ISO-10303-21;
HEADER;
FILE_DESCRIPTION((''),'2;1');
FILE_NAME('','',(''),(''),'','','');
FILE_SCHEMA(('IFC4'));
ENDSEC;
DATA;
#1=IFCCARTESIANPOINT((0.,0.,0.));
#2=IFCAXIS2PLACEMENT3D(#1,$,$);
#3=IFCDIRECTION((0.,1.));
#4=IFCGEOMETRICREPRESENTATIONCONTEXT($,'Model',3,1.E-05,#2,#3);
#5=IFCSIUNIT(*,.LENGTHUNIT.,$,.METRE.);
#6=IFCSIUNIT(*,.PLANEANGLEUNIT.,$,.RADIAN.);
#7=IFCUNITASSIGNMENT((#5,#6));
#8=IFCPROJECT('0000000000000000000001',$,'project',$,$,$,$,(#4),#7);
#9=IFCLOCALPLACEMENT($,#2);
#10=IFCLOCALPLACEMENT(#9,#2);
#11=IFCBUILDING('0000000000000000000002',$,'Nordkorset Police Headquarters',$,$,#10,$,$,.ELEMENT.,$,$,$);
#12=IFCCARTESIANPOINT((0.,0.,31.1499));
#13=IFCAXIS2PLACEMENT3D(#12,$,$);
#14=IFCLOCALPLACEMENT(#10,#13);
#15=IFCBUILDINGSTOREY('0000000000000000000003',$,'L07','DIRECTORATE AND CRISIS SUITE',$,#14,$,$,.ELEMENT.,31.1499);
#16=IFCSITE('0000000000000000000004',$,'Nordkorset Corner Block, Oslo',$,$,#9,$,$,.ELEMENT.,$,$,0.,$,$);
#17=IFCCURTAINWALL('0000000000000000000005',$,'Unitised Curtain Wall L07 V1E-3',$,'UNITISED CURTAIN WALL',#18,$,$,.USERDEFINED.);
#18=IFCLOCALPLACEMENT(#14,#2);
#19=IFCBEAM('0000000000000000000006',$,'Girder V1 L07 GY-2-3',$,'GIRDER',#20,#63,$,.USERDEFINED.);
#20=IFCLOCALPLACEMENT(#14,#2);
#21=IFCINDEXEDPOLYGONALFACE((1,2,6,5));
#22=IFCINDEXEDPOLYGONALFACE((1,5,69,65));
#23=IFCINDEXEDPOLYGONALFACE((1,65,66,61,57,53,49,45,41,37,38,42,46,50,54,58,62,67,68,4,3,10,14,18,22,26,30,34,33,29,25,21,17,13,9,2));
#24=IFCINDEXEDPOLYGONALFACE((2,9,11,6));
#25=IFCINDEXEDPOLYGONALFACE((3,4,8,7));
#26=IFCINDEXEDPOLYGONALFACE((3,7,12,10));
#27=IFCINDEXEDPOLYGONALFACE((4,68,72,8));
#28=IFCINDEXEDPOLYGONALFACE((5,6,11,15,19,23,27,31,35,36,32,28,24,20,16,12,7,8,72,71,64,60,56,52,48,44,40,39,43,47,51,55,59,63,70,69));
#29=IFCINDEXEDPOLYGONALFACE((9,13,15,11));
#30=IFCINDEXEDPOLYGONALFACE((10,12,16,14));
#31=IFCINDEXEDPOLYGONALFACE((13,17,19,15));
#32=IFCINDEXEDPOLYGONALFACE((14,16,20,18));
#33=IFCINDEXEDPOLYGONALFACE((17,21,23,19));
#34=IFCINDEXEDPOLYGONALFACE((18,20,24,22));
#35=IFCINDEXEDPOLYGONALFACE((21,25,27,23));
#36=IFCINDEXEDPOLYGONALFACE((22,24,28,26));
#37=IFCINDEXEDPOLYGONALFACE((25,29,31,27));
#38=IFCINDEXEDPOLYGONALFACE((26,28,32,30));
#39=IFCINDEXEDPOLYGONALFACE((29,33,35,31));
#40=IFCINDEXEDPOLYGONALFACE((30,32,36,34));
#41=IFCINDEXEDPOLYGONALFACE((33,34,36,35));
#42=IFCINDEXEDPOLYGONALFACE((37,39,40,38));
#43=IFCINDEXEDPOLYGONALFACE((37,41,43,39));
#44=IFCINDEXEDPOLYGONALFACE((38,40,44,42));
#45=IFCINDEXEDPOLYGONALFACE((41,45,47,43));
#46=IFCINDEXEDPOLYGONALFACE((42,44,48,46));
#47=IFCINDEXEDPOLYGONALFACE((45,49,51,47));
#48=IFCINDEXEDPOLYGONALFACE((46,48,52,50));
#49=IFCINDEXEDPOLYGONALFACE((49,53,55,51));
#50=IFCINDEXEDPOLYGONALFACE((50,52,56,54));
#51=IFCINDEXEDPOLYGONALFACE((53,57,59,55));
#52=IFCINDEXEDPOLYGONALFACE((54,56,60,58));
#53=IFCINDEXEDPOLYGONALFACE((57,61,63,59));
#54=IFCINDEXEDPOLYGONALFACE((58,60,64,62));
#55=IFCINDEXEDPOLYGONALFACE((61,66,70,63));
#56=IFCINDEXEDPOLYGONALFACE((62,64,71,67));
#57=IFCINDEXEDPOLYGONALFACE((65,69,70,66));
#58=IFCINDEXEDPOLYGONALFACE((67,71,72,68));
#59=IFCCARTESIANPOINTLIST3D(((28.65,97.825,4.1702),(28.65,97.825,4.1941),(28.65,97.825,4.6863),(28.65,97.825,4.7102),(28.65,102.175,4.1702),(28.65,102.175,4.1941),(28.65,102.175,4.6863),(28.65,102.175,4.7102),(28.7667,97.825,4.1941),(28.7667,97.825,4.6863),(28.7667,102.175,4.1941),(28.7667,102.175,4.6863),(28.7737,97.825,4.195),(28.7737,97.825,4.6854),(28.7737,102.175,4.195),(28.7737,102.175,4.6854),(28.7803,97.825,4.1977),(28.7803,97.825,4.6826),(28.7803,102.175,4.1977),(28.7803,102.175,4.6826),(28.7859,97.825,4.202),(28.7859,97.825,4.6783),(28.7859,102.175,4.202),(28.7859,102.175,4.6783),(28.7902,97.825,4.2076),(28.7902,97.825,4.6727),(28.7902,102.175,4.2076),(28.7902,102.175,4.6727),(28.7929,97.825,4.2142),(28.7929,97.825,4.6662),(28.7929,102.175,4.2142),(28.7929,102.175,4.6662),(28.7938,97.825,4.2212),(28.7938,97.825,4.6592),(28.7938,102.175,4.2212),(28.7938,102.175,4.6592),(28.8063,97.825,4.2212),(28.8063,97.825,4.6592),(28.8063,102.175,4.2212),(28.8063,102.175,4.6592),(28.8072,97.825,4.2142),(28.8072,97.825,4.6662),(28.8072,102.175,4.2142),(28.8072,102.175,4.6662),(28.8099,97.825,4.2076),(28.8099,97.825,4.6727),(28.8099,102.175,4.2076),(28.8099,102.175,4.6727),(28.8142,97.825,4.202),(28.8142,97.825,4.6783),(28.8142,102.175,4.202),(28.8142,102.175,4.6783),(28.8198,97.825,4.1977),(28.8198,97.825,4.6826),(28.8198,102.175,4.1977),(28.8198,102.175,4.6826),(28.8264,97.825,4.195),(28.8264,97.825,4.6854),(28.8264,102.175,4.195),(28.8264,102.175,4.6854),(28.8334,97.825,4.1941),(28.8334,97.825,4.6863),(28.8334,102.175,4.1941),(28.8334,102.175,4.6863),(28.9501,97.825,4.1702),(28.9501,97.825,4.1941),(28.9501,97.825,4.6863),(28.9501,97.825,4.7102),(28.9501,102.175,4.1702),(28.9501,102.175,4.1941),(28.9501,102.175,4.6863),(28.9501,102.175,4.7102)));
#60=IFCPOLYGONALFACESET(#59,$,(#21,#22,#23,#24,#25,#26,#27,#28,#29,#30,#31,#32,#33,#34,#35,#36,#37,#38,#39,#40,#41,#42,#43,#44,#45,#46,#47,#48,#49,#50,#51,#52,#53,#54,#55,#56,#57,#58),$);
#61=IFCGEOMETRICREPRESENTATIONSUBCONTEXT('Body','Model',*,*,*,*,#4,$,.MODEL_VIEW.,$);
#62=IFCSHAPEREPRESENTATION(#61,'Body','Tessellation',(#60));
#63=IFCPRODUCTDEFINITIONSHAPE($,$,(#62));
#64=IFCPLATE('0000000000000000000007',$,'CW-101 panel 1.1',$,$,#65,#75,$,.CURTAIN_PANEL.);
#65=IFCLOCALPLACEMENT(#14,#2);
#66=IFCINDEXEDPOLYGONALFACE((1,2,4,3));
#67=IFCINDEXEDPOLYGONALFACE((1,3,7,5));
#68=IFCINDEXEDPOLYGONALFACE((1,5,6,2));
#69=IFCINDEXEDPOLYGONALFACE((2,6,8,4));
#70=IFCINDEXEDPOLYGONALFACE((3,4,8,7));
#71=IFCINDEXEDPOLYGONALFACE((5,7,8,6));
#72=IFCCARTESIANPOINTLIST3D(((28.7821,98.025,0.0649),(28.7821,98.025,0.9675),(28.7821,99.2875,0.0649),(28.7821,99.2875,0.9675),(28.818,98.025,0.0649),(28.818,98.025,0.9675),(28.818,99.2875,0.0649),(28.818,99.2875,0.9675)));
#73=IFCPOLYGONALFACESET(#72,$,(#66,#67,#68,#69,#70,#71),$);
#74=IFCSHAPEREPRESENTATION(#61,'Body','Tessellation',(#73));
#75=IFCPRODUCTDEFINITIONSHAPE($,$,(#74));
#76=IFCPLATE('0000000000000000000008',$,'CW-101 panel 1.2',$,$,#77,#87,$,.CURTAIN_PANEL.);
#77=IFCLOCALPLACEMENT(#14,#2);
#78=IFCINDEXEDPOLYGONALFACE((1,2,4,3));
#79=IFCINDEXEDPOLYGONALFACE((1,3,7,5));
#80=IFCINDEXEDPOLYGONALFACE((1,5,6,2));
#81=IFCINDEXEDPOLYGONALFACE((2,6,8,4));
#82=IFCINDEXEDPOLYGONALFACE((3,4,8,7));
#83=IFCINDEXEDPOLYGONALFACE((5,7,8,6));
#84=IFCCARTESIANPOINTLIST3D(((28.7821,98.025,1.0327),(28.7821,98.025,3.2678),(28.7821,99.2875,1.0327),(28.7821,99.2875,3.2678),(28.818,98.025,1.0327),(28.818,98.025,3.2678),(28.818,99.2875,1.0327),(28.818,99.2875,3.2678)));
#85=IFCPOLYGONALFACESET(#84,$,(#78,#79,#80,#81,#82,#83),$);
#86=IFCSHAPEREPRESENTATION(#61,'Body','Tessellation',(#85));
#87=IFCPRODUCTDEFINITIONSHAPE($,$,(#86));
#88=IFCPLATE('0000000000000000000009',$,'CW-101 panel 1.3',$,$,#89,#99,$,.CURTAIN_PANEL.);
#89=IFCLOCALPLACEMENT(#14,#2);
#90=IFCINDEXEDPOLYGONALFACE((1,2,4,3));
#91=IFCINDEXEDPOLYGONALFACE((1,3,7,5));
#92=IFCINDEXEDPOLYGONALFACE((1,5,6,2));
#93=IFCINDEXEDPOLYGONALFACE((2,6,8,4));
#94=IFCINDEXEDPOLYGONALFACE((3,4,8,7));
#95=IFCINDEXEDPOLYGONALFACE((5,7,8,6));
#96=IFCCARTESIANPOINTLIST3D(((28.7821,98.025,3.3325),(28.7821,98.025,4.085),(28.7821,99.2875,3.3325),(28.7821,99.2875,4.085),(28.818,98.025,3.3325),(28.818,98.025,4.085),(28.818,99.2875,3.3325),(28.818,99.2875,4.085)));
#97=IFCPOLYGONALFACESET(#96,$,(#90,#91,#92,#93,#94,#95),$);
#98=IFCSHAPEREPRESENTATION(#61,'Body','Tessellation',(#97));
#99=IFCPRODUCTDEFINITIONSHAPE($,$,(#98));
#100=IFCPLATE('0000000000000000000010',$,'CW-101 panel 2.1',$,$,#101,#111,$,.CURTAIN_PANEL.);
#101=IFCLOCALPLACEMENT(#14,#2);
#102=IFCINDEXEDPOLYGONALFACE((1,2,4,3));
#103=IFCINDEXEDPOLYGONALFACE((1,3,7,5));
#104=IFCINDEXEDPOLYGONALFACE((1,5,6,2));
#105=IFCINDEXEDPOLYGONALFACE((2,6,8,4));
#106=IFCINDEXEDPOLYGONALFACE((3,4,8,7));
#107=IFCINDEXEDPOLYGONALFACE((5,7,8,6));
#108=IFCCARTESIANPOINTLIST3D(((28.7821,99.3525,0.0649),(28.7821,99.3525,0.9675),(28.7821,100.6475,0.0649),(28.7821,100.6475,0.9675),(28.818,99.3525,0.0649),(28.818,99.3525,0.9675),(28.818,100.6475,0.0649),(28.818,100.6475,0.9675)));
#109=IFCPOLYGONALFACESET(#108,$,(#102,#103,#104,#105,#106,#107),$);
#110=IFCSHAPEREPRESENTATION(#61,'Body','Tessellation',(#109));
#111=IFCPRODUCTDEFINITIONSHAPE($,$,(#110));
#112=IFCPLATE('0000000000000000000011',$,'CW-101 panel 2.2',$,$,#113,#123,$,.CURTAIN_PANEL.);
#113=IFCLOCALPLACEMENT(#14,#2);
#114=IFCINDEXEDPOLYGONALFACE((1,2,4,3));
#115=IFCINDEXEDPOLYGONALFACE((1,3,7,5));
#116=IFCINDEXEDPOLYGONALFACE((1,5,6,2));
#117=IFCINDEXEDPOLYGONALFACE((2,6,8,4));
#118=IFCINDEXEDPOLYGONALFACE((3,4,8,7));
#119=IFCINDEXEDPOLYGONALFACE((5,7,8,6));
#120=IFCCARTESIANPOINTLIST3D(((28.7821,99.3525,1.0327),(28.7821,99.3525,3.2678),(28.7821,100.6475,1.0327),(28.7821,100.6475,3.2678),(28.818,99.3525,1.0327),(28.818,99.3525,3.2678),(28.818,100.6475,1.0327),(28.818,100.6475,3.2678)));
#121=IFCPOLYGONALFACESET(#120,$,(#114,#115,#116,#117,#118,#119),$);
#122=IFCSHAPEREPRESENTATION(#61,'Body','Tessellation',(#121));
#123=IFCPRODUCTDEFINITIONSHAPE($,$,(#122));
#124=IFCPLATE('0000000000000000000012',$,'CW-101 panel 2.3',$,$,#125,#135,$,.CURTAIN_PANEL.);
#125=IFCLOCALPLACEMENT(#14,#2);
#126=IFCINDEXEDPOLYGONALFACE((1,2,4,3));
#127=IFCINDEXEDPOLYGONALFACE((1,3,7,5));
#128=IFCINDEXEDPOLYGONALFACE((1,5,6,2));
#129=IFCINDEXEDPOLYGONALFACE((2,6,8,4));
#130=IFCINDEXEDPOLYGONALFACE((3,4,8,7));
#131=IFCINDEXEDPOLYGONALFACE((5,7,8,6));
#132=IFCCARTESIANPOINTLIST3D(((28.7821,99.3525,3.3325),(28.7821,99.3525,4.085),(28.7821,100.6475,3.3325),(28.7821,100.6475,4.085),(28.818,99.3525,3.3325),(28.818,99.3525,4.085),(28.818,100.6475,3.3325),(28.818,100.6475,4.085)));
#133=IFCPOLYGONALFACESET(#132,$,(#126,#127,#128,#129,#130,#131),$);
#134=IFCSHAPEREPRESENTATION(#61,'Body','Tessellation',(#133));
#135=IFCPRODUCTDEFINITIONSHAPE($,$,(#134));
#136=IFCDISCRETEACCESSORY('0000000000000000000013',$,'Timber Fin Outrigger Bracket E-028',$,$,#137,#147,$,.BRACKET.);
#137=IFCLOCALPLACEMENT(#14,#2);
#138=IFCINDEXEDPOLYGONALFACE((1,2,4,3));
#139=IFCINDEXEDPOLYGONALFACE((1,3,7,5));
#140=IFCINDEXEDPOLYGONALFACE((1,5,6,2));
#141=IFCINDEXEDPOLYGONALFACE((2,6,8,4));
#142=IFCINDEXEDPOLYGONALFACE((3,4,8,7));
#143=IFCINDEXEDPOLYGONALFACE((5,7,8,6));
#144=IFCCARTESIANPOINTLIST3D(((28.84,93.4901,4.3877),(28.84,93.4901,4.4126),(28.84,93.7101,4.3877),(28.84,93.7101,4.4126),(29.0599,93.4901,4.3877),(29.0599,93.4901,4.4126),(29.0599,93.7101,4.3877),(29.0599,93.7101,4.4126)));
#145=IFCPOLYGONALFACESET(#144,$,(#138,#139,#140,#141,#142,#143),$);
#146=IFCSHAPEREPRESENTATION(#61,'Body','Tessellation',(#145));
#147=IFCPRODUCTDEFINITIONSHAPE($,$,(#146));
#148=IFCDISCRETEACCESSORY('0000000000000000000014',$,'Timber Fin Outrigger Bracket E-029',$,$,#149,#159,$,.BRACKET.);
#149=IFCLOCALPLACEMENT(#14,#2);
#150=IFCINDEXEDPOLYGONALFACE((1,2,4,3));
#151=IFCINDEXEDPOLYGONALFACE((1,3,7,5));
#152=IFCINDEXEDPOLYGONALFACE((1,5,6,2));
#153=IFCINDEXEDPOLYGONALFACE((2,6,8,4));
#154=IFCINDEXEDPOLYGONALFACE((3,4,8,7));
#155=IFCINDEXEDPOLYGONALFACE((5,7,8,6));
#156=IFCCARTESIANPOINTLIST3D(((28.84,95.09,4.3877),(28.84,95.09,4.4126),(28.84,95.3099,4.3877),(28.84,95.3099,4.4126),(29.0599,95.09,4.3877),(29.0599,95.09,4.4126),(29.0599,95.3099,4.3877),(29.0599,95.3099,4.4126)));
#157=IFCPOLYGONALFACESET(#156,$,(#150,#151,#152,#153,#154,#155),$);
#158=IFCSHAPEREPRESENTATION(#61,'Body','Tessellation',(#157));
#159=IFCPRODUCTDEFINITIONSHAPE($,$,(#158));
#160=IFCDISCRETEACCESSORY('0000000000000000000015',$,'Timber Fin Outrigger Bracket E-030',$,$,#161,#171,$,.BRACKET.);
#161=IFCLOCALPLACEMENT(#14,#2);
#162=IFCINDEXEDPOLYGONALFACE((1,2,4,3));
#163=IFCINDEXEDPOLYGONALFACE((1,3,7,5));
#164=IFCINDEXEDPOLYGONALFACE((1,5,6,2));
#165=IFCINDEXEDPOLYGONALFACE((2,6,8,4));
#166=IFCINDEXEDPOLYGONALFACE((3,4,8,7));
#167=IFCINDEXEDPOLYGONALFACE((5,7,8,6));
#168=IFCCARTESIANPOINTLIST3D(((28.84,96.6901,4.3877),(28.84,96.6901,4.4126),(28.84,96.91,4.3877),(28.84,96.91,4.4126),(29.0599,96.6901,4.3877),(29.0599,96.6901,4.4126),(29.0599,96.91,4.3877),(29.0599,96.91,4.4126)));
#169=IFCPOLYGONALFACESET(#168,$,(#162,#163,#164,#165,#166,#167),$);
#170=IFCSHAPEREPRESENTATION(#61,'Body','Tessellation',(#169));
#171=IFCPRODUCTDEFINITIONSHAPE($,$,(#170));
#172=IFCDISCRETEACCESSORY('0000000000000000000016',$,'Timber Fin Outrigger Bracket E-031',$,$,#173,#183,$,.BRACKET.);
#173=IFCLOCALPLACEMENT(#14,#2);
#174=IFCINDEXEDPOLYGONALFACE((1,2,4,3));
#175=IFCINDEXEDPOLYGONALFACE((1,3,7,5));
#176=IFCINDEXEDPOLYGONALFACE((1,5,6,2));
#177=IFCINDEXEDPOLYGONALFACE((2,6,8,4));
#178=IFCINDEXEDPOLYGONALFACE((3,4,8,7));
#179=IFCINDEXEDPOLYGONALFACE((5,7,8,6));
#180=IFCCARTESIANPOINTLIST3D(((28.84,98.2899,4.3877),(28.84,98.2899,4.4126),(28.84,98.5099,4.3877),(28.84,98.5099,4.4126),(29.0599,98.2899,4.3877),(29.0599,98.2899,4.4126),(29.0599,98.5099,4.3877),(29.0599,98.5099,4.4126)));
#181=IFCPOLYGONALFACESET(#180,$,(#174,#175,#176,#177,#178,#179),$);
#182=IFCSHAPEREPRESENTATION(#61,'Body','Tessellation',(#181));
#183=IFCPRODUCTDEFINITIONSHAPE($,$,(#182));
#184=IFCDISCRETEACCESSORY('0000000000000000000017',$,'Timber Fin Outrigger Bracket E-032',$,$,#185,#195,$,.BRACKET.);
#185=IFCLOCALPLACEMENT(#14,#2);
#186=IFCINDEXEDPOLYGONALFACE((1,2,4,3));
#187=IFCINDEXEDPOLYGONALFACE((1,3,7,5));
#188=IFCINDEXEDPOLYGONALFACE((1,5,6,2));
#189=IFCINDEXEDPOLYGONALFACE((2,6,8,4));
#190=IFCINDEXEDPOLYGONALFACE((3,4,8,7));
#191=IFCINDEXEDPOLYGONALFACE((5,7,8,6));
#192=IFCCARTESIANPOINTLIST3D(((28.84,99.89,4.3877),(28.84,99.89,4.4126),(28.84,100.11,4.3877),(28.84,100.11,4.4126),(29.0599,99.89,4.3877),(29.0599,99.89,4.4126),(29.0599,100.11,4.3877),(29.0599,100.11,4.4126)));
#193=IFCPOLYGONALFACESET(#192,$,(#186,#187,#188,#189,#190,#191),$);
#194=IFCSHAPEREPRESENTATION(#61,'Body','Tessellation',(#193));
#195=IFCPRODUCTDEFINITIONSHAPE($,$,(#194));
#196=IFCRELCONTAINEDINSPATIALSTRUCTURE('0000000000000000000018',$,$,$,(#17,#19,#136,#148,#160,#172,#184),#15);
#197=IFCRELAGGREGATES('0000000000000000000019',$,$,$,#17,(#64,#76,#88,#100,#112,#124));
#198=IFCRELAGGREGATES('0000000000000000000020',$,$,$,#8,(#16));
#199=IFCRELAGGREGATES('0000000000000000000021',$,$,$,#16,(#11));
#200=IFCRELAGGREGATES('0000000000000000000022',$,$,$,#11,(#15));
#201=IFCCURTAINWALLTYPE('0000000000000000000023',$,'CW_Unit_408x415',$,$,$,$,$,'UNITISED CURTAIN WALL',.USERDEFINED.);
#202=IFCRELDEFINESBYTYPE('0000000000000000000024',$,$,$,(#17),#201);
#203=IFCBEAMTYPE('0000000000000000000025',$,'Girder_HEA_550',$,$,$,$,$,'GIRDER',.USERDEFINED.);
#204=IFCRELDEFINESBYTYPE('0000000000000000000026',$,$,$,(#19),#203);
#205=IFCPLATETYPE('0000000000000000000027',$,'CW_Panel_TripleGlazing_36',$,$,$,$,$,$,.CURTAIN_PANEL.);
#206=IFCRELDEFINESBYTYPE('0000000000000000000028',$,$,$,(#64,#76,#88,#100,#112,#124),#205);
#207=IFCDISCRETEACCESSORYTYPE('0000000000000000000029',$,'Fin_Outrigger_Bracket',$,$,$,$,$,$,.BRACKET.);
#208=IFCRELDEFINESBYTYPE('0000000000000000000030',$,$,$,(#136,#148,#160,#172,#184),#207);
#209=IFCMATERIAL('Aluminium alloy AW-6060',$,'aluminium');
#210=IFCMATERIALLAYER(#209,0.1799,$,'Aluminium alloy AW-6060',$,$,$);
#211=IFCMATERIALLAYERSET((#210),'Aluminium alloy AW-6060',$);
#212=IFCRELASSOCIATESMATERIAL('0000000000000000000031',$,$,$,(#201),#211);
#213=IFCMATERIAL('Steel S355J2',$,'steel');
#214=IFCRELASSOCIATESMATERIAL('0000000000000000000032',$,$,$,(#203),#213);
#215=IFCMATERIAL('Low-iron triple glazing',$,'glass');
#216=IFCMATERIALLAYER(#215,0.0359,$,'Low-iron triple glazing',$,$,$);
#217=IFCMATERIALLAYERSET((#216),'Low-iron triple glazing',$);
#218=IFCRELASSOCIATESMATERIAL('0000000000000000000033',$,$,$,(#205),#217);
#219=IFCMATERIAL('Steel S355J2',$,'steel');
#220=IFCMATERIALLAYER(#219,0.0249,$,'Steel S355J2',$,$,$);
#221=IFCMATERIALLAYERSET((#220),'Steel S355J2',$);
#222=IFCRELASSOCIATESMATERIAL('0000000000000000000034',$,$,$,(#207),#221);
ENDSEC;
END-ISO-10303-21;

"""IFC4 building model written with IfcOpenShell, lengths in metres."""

from ifc_helpers import new_model, si_unit, direction, frame, origin, origin_2d, place, context, subcontext, project, spatial, rectangle, i_section, extrude, material, layer, layer_set, material_profile, profile_set, type_object, element, aggregate, save


model = new_model("IFC4")

# Units and contexts
model_context = context("Model", 3, precision=1e-05, world=origin(), true_north=direction((0.0, 1.0)))
body_context = subcontext(model_context, "Body", "Model", "MODEL_VIEW")
ifc_project = project(units=[si_unit("LENGTHUNIT", "METRE"), si_unit("PLANEANGLEUNIT", "RADIAN")], contexts=[model_context])

# Site, building, storey
site_placement = place(None, origin())
site = spatial("IfcSite", under=ifc_project, at=site_placement, Name="Nordkorset Corner Block, Oslo", CompositionType="ELEMENT", RefElevation=0.0)
building_placement = place(site_placement, origin())
building = spatial("IfcBuilding", under=site, at=building_placement, Name="Nordkorset Police Headquarters", CompositionType="ELEMENT")
storey_placement = place(building_placement, frame((0.0, 0.0, 31.1499)))
storey = spatial("IfcBuildingStorey", under=building, at=storey_placement, Name="L07", Description="DIRECTORATE AND CRISIS SUITE", CompositionType="ELEMENT", Elevation=31.1499)

# Curtain wall
ifc_material_1 = material(Name="Aluminium alloy AW-6060", Category="aluminium")
ifc_layer_1 = layer(ifc_material_1, 0.1799, Name="Aluminium alloy AW-6060")
ifc_layer_set_1 = layer_set([ifc_layer_1], Name="Aluminium alloy AW-6060")
curtain_wall_type = type_object("IfcCurtainWallType", Name="CW_Unit_408x415", ElementType="UNITISED CURTAIN WALL", PredefinedType="USERDEFINED", material=ifc_layer_set_1)
curtain_wall_placement = place(storey_placement, origin())
curtain_wall = element("IfcCurtainWall", 1, at=curtain_wall_placement, inside=storey, type_object=curtain_wall_type, Name="Unitised Curtain Wall L07 V1E-3", ObjectType="UNITISED CURTAIN WALL", PredefinedType="USERDEFINED")

# Beam
ifc_material_2 = material(Name="Steel S355J2", Category="steel")
ifc_material_profile_1 = material_profile(ifc_material_2, i_section(OverallWidth=0.3, OverallDepth=0.54, WebThickness=0.0125, FlangeThickness=0.0239, FilletRadius=0.0271, at=origin_2d()), Name="HEA 550")
ifc_profile_set_1 = profile_set([ifc_material_profile_1], Name="Steel S355J2")
beam_type = type_object("IfcBeamType", Name="Girder_HEA_550", ElementType="GIRDER", PredefinedType="USERDEFINED", material=ifc_profile_set_1)
beam_placement = place(storey_placement, frame((28.8, 97.825, 4.4402), z_axis=(0.0, 1.0, 0.0), x_axis=(-1.0, 0.0, 0.0)))
element("IfcBeam", 2, at=beam_placement, inside=storey, type_object=beam_type, Name="Girder V1 L07 GY-2-3", ObjectType="GIRDER", PredefinedType="USERDEFINED", context=body_context, shape_type="SweptSolid", body=[
    extrude(i_section(OverallWidth=0.3, OverallDepth=0.54, WebThickness=0.0125, FlangeThickness=0.0239, FilletRadius=0.0271, at=origin_2d()), origin(), (0.0, 0.0, 1.0), 4.3501),
])

# Plates
ifc_material_3 = material(Name="Low-iron triple glazing", Category="glass")
ifc_layer_2 = layer(ifc_material_3, 0.0359, Name="Low-iron triple glazing")
ifc_layer_set_2 = layer_set([ifc_layer_2], Name="Low-iron triple glazing")
plate_type = type_object("IfcPlateType", Name="CW_Panel_TripleGlazing_36", PredefinedType="CURTAIN_PANEL", material=ifc_layer_set_2)
plate_1_placement = place(storey_placement, frame((28.8, 98.6562, 0.0649), z_axis=(0.0, 0.0, 1.0), x_axis=(0.0, 1.0, 0.0)))
plate_1 = element("IfcPlate", 3, at=plate_1_placement, type_object=plate_type, Name="CW-101 panel 1.1", PredefinedType="CURTAIN_PANEL", context=body_context, shape_type="SweptSolid", body=[
    extrude(rectangle(XDim=1.2625, YDim=0.0359, at=origin_2d()), origin(), (0.0, 0.0, 1.0), 0.9026),
])
plate_2_placement = place(storey_placement, frame((28.8, 98.6562, 1.0327), z_axis=(0.0, 0.0, 1.0), x_axis=(0.0, 1.0, 0.0)))
plate_2 = element("IfcPlate", 4, at=plate_2_placement, type_object=plate_type, Name="CW-101 panel 1.2", PredefinedType="CURTAIN_PANEL", context=body_context, shape_type="SweptSolid", body=[
    extrude(rectangle(XDim=1.2625, YDim=0.0359, at=origin_2d()), origin(), (0.0, 0.0, 1.0), 2.2351),
])
plate_3_placement = place(storey_placement, frame((28.8, 98.6562, 3.3325), z_axis=(0.0, 0.0, 1.0), x_axis=(0.0, 1.0, 0.0)))
plate_3 = element("IfcPlate", 5, at=plate_3_placement, type_object=plate_type, Name="CW-101 panel 1.3", PredefinedType="CURTAIN_PANEL", context=body_context, shape_type="SweptSolid", body=[
    extrude(rectangle(XDim=1.2625, YDim=0.0359, at=origin_2d()), origin(), (0.0, 0.0, 1.0), 0.7524),
])
plate_4_placement = place(storey_placement, frame((28.8, 100.0, 0.0649), z_axis=(0.0, 0.0, 1.0), x_axis=(0.0, 1.0, 0.0)))
plate_4 = element("IfcPlate", 6, at=plate_4_placement, type_object=plate_type, Name="CW-101 panel 2.1", PredefinedType="CURTAIN_PANEL", context=body_context, shape_type="SweptSolid", body=[
    extrude(rectangle(XDim=1.2949, YDim=0.0359, at=origin_2d()), origin(), (0.0, 0.0, 1.0), 0.9026),
])
plate_5_placement = place(storey_placement, frame((28.8, 100.0, 1.0327), z_axis=(0.0, 0.0, 1.0), x_axis=(0.0, 1.0, 0.0)))
plate_5 = element("IfcPlate", 7, at=plate_5_placement, type_object=plate_type, Name="CW-101 panel 2.2", PredefinedType="CURTAIN_PANEL", context=body_context, shape_type="SweptSolid", body=[
    extrude(rectangle(XDim=1.2949, YDim=0.0359, at=origin_2d()), origin(), (0.0, 0.0, 1.0), 2.2351),
])
plate_6_placement = place(storey_placement, frame((28.8, 100.0, 3.3325), z_axis=(0.0, 0.0, 1.0), x_axis=(0.0, 1.0, 0.0)))
plate_6 = element("IfcPlate", 8, at=plate_6_placement, type_object=plate_type, Name="CW-101 panel 2.3", PredefinedType="CURTAIN_PANEL", context=body_context, shape_type="SweptSolid", body=[
    extrude(rectangle(XDim=1.2949, YDim=0.0359, at=origin_2d()), origin(), (0.0, 0.0, 1.0), 0.7524),
])
aggregate(curtain_wall, [plate_1, plate_2, plate_3, plate_4, plate_5, plate_6])

# Discrete accessories
ifc_material_4 = material(Name="Steel S355J2", Category="steel")
ifc_layer_3 = layer(ifc_material_4, 0.0249, Name="Steel S355J2")
ifc_layer_set_3 = layer_set([ifc_layer_3], Name="Steel S355J2")
discrete_accessory_type = type_object("IfcDiscreteAccessoryType", Name="Fin_Outrigger_Bracket", PredefinedType="BRACKET", material=ifc_layer_set_3)
for number, where, z_axis, x_axis, name in (
    (9, (28.95, 93.6001, 4.3877), (0.0, 0.0, 1.0), (1.0, 0.0, 0.0), "Timber Fin Outrigger Bracket E-028"),
    (10, (28.95, 95.2, 4.3877), (0.0, 0.0, 1.0), (1.0, 0.0, 0.0), "Timber Fin Outrigger Bracket E-029"),
    (11, (28.95, 96.8, 4.3877), (0.0, 0.0, 1.0), (1.0, 0.0, 0.0), "Timber Fin Outrigger Bracket E-030"),
    (12, (28.95, 98.3999, 4.3877), (0.0, 0.0, 1.0), (1.0, 0.0, 0.0), "Timber Fin Outrigger Bracket E-031"),
    (13, (28.95, 100.0, 4.3877), (0.0, 0.0, 1.0), (1.0, 0.0, 0.0), "Timber Fin Outrigger Bracket E-032"),
):
    element("IfcDiscreteAccessory", number, at=place(storey_placement, frame(where, z_axis=z_axis, x_axis=x_axis)), inside=storey, type_object=discrete_accessory_type, Name=name, PredefinedType="BRACKET", context=body_context, shape_type="SweptSolid", body=[
        extrude(rectangle(XDim=0.22, YDim=0.22, at=origin_2d()), origin(), (0.0, 0.0, 1.0), 0.0249),
    ])

save(model, "model.ifc")
